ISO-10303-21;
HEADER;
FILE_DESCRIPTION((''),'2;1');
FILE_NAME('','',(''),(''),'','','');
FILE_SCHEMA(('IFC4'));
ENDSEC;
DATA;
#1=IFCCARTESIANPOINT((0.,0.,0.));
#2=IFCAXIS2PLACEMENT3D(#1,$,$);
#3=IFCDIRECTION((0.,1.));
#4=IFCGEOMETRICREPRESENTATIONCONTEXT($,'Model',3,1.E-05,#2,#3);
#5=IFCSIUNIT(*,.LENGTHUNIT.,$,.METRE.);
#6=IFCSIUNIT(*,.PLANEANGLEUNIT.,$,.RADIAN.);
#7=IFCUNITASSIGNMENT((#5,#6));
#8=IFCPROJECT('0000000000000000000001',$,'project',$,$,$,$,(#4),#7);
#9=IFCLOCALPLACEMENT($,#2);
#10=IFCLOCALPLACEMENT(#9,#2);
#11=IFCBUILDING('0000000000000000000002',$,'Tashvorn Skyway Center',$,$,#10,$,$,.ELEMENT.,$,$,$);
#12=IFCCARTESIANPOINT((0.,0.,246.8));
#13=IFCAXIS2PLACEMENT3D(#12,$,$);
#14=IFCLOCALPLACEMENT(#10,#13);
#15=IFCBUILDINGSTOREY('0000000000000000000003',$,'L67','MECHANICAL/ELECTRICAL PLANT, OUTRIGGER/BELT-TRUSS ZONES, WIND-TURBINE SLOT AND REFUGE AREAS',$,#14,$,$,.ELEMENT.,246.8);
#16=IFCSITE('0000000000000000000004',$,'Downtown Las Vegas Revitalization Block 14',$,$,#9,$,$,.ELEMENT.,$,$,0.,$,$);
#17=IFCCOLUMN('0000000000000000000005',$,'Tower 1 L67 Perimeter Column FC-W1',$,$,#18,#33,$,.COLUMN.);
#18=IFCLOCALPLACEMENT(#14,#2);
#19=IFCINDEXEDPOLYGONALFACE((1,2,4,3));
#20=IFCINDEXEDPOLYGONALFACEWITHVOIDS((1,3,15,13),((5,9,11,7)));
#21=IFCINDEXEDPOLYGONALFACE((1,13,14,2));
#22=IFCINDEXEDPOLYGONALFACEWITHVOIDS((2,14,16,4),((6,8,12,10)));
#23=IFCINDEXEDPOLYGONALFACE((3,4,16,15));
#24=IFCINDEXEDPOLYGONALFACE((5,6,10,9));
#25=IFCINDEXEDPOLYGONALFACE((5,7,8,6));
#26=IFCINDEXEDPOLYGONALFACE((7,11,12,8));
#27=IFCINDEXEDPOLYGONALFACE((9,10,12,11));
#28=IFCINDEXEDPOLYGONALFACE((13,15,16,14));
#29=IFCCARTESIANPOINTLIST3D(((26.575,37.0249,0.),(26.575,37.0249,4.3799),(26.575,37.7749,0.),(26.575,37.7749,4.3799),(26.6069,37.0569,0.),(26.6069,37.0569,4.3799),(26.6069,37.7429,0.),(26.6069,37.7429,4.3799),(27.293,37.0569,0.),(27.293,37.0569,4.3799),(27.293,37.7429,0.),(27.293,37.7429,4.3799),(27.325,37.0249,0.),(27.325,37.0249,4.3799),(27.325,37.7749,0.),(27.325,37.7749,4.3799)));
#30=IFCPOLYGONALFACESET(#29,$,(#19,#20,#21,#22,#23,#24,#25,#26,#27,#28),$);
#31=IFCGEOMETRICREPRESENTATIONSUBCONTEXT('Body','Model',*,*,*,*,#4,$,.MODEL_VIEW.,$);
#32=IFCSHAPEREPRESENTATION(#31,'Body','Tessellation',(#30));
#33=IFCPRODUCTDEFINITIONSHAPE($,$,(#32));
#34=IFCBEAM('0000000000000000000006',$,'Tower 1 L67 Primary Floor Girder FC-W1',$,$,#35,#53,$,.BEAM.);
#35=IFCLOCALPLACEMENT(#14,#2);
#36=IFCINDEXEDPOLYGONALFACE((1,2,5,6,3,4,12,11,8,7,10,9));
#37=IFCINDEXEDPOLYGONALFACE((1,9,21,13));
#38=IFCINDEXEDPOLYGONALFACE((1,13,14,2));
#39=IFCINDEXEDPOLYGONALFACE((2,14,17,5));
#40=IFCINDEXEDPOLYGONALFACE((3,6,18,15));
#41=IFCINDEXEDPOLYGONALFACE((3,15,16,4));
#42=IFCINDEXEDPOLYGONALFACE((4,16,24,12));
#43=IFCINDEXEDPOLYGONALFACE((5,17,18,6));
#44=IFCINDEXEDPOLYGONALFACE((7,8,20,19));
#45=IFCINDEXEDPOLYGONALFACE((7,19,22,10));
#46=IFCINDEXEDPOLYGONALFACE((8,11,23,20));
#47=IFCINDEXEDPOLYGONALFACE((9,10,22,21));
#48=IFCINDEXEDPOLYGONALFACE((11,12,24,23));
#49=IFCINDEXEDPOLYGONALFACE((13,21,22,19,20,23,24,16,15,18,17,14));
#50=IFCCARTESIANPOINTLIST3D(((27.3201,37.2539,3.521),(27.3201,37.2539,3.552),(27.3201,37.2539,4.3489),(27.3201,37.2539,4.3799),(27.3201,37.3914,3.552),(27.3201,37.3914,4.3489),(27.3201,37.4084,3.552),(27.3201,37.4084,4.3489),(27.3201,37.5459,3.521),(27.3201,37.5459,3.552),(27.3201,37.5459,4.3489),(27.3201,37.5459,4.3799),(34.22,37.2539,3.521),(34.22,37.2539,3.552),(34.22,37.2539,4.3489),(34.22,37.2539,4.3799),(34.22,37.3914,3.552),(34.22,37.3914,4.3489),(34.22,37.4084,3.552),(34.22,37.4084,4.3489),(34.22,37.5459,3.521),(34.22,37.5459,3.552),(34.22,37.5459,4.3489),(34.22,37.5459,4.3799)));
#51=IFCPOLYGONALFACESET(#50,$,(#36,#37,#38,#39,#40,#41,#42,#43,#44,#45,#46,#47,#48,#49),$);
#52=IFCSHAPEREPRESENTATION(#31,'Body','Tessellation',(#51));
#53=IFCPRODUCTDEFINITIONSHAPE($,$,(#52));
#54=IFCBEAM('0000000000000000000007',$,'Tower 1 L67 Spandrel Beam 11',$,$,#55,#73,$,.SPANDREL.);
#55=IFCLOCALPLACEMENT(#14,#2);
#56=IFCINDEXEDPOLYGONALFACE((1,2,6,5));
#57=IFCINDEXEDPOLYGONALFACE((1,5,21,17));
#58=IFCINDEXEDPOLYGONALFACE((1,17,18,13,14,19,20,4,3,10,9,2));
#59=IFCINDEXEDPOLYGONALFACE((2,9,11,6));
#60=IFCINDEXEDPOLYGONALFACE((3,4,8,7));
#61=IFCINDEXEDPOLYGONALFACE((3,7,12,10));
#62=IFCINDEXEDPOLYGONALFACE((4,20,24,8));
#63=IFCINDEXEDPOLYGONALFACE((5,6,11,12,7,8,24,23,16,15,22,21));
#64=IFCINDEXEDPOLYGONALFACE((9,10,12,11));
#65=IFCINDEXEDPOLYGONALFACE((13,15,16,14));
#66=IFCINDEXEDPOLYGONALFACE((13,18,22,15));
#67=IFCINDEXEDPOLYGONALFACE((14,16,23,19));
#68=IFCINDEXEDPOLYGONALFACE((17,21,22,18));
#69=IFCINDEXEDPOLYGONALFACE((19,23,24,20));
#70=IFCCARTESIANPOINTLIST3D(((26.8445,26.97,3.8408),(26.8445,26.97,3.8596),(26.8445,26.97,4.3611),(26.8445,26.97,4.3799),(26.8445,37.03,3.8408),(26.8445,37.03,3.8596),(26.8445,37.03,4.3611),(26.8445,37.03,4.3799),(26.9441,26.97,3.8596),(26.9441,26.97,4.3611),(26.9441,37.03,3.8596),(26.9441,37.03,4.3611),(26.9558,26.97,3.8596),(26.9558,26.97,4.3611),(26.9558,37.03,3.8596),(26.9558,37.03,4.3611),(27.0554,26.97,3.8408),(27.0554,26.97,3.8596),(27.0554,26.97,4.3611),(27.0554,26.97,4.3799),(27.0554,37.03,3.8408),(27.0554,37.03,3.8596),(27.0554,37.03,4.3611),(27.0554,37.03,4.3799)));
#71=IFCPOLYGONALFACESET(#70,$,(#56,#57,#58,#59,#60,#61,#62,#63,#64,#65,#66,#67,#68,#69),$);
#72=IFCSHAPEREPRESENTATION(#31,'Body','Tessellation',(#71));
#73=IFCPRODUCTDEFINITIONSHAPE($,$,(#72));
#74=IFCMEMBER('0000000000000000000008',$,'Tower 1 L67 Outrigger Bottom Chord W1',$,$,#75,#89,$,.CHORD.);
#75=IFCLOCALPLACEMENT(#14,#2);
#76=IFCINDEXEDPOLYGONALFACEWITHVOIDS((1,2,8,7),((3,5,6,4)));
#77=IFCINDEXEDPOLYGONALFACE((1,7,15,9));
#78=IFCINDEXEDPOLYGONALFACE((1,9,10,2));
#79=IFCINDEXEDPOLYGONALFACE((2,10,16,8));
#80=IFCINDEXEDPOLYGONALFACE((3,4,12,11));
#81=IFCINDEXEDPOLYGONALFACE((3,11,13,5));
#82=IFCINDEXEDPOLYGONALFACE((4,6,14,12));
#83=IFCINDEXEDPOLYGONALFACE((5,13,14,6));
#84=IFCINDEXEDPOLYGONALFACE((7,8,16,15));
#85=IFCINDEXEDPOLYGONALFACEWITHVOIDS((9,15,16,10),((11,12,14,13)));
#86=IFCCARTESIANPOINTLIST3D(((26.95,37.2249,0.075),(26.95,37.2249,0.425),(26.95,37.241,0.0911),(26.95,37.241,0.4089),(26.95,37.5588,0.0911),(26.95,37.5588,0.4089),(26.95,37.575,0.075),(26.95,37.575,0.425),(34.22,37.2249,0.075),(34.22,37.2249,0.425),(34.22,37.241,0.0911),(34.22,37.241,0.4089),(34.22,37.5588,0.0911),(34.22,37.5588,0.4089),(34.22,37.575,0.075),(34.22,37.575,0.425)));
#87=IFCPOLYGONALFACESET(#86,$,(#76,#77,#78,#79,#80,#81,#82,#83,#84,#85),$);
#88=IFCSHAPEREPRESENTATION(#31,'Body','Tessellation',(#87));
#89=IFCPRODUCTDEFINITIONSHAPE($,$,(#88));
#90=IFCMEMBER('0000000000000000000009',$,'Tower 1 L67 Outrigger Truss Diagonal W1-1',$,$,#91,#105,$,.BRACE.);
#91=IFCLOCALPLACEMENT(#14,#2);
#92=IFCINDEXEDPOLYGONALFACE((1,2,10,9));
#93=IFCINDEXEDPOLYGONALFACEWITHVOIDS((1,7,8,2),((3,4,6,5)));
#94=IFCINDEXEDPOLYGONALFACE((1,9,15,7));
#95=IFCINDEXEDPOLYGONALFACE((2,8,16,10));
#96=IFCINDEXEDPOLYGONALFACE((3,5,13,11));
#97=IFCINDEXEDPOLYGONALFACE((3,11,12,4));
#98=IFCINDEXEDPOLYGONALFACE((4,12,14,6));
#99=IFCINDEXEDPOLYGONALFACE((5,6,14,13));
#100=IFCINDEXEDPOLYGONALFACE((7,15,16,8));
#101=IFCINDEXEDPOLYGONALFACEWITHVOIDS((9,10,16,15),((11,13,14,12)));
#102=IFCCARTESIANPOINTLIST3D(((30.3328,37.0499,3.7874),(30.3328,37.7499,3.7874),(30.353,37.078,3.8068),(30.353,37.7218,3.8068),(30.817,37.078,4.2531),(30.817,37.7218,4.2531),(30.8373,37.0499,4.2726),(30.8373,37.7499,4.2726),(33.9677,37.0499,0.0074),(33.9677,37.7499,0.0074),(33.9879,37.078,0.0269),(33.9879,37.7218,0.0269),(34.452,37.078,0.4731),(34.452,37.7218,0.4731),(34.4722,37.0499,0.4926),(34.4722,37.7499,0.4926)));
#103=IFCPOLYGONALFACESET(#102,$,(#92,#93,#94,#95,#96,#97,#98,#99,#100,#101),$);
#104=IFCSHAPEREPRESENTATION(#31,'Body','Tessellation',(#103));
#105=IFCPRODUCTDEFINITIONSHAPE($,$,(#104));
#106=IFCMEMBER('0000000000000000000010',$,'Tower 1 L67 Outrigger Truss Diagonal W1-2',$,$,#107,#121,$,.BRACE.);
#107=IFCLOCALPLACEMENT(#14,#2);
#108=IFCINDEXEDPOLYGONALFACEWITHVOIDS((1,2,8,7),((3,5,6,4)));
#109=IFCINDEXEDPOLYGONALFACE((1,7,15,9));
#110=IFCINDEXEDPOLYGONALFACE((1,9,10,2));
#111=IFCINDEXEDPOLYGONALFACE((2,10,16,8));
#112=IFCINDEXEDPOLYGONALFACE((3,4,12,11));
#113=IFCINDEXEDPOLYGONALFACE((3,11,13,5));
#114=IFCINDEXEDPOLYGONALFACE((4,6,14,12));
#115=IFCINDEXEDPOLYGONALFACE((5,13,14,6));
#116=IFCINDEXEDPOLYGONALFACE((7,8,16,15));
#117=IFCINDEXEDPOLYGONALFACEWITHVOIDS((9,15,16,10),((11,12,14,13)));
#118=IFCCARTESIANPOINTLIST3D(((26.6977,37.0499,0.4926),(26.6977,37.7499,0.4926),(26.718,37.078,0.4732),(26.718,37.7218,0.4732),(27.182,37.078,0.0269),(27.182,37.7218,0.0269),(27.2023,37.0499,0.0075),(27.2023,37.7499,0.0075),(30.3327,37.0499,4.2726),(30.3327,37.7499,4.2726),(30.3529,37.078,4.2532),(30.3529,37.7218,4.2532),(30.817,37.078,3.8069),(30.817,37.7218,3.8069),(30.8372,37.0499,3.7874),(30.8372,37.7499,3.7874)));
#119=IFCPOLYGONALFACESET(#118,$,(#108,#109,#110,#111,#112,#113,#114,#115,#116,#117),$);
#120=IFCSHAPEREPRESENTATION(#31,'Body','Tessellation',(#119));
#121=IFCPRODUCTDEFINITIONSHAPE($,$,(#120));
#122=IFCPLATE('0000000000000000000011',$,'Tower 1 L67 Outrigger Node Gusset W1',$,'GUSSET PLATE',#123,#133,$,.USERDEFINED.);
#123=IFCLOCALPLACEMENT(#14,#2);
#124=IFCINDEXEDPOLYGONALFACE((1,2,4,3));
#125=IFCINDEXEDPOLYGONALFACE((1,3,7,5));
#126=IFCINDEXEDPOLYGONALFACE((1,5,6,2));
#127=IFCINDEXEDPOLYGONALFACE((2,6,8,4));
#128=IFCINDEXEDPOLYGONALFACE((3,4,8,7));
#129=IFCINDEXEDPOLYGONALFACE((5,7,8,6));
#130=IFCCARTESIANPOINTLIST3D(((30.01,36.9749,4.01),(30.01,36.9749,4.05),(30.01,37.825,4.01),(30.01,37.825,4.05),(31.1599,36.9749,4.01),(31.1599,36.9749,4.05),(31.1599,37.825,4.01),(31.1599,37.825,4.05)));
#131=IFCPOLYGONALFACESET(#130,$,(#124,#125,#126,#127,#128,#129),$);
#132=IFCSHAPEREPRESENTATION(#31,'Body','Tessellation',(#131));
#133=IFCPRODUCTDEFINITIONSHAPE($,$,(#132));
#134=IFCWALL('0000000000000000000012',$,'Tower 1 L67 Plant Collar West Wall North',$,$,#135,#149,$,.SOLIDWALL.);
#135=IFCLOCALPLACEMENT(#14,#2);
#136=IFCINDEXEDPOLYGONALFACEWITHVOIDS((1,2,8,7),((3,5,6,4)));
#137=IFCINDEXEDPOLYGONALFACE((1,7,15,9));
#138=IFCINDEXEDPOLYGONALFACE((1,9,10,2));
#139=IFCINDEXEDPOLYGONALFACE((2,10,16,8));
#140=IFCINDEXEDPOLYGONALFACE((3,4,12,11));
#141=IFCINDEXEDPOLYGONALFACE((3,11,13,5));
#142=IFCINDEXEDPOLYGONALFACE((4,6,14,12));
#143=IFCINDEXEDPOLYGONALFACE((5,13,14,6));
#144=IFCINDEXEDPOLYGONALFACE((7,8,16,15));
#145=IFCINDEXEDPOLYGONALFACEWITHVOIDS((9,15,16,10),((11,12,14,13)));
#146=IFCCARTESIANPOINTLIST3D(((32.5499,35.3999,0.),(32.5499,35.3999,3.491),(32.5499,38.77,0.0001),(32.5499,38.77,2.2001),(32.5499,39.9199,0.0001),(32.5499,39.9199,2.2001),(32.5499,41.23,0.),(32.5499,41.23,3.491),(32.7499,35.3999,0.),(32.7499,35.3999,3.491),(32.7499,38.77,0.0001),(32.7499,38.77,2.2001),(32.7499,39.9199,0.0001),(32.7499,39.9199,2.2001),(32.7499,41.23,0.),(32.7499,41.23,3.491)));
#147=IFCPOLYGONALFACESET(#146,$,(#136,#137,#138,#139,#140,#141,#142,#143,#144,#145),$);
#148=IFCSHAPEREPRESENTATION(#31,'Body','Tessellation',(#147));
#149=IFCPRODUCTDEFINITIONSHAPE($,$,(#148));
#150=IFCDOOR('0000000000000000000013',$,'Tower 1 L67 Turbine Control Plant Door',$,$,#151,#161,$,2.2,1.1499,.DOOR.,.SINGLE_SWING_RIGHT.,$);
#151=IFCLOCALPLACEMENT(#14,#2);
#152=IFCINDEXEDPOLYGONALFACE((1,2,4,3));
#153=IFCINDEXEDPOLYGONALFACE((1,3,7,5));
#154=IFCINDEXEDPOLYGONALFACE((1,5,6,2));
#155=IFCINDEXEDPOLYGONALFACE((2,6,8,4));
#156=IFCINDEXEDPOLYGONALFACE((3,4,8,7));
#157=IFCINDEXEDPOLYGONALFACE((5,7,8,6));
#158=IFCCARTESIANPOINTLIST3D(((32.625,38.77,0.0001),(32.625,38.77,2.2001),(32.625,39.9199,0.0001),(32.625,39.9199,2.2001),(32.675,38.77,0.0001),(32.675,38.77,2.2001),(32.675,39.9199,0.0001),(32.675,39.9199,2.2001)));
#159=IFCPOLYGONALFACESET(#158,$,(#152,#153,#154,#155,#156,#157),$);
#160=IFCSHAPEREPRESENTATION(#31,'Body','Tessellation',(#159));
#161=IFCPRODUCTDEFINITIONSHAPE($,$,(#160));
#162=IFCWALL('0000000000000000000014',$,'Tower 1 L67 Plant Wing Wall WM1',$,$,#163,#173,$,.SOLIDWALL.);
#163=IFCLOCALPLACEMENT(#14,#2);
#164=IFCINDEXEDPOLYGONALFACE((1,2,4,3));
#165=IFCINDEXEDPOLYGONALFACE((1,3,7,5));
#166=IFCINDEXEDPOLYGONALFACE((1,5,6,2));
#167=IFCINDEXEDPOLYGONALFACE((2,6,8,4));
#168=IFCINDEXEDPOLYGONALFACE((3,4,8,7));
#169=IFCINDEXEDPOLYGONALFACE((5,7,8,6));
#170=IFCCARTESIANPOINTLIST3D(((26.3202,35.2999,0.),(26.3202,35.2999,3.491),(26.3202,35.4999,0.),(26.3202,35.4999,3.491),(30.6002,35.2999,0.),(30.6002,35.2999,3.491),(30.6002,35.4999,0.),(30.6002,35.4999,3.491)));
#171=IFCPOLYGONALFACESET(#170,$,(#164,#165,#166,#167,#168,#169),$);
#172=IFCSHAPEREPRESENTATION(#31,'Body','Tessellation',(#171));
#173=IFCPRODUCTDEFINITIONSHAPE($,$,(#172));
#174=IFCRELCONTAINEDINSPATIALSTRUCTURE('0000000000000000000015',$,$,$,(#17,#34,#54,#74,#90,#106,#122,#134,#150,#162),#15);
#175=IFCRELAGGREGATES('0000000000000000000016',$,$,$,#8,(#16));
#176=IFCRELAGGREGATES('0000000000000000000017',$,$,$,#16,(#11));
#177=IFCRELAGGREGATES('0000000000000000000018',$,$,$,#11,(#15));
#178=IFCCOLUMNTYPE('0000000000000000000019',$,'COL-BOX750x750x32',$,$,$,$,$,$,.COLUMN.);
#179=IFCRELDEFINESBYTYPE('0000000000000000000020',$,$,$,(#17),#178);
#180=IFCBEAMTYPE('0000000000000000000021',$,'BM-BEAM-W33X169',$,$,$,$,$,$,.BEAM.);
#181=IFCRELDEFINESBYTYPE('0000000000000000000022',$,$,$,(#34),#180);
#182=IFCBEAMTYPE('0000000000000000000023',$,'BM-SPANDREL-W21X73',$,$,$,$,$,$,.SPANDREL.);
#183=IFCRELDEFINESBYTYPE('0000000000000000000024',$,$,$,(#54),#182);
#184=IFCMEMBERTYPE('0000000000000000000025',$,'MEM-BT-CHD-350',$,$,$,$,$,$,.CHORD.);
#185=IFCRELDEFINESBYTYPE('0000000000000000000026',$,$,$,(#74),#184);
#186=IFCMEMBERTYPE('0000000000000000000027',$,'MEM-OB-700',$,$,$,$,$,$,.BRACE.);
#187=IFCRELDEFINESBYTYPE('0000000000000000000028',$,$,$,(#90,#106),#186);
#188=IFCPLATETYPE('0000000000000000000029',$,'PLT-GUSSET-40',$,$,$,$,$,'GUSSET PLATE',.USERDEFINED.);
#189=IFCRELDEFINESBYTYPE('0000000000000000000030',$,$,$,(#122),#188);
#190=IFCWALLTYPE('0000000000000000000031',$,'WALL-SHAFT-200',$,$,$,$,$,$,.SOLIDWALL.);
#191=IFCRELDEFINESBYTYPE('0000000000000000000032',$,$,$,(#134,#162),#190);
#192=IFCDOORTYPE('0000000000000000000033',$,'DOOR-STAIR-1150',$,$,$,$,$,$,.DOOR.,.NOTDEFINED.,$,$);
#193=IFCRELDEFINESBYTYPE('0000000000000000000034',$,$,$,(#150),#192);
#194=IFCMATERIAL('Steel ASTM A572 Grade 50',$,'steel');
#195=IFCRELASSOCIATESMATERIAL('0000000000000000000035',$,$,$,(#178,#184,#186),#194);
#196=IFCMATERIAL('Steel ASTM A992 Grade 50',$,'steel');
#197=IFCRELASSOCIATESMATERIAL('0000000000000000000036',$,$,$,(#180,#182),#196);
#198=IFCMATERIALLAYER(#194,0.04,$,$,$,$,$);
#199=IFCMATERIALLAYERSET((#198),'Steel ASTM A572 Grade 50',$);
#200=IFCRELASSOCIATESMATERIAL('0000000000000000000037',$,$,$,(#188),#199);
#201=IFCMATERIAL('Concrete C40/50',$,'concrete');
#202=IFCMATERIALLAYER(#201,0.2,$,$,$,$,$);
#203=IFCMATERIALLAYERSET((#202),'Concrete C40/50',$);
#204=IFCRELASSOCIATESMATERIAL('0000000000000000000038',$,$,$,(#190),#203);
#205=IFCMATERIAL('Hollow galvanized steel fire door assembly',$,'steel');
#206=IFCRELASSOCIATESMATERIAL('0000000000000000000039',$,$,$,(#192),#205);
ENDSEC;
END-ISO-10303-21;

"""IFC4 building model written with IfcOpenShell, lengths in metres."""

from ifc_helpers import new_model, si_unit, direction, frame, frame_2d, origin, origin_2d, place, context, subcontext, project, spatial, rectangle, hollow_rectangle, i_section, extrude, material, layer, layer_set, material_profile, profile_set, type_object, element, fill, save


model = new_model("IFC4")

# Units and contexts
model_context = context("Model", 3, precision=1e-05, world=origin(), true_north=direction((0.0, 1.0)))
body_context = subcontext(model_context, "Body", "Model", "MODEL_VIEW")
ifc_project = project(units=[si_unit("LENGTHUNIT", "METRE"), si_unit("PLANEANGLEUNIT", "RADIAN")], contexts=[model_context])

# Site, building, storey
site_placement = place(None, origin())
site = spatial("IfcSite", under=ifc_project, at=site_placement, Name="Downtown Las Vegas Revitalization Block 14", CompositionType="ELEMENT", RefElevation=0.0)
building_placement = place(site_placement, origin())
building = spatial("IfcBuilding", under=site, at=building_placement, Name="Tashvorn Skyway Center", CompositionType="ELEMENT")
storey_placement = place(building_placement, frame((0.0, 0.0, 246.8)))
storey = spatial("IfcBuildingStorey", under=building, at=storey_placement, Name="L67", Description="MECHANICAL/ELECTRICAL PLANT, OUTRIGGER/BELT-TRUSS ZONES, WIND-TURBINE SLOT AND REFUGE AREAS", CompositionType="ELEMENT", Elevation=246.8)

# Column
ifc_material_1 = material(Name="Steel ASTM A572 Grade 50", Category="steel")
ifc_material_profile_1 = material_profile(ifc_material_1, hollow_rectangle(XDim=0.75, YDim=0.75, WallThickness=0.032, at=origin_2d()), Name="BOX750x750x32")
ifc_profile_set_1 = profile_set([ifc_material_profile_1], Name="Steel ASTM A572 Grade 50")
column_type = type_object("IfcColumnType", Name="COL-BOX750x750x32", PredefinedType="COLUMN", material=ifc_profile_set_1)
column_placement = place(storey_placement, frame((26.95, 37.3999, 0.0), z_axis=(0.0, 0.0, 1.0), x_axis=(1.0, 0.0, 0.0)))
element("IfcColumn", 1, at=column_placement, inside=storey, type_object=column_type, Name="Tower 1 L67 Perimeter Column FC-W1", PredefinedType="COLUMN", context=body_context, shape_type="SweptSolid", body=[
    extrude(hollow_rectangle(XDim=0.75, YDim=0.75, WallThickness=0.032, at=origin_2d()), origin(), (0.0, 0.0, 1.0), 4.3799),
])

# Beams
ifc_material_2 = material(Name="Steel ASTM A992 Grade 50", Category="steel")
ifc_material_profile_2 = material_profile(ifc_material_2, i_section(OverallWidth=0.292, OverallDepth=0.8589, WebThickness=0.0171, FlangeThickness=0.031, at=origin_2d()), Name="W33X169")
ifc_profile_set_2 = profile_set([ifc_material_profile_2], Name="Steel ASTM A992 Grade 50")
beam_type_1 = type_object("IfcBeamType", Name="BM-BEAM-W33X169", PredefinedType="BEAM", material=ifc_profile_set_2)
beam_1_placement = place(storey_placement, frame((27.3201, 37.3999, 3.9504), z_axis=(1.0, 0.0, 0.0), x_axis=(0.0, 1.0, 0.0)))
element("IfcBeam", 2, at=beam_1_placement, inside=storey, type_object=beam_type_1, Name="Tower 1 L67 Primary Floor Girder FC-W1", PredefinedType="BEAM", context=body_context, shape_type="SweptSolid", body=[
    extrude(i_section(OverallWidth=0.292, OverallDepth=0.8589, WebThickness=0.0171, FlangeThickness=0.031, at=origin_2d()), origin(), (0.0, 0.0, 1.0), 6.8999),
])
ifc_material_profile_3 = material_profile(ifc_material_2, i_section(OverallWidth=0.2109, OverallDepth=0.5391, WebThickness=0.0117, FlangeThickness=0.0188, at=origin_2d()), Name="W21X73")
ifc_profile_set_3 = profile_set([ifc_material_profile_3], Name="Steel ASTM A992 Grade 50")
beam_type_2 = type_object("IfcBeamType", Name="BM-SPANDREL-W21X73", PredefinedType="SPANDREL", material=ifc_profile_set_3)
beam_2_placement = place(storey_placement, frame((26.95, 37.03, 4.1104), z_axis=(0.0, -1.0, 0.0), x_axis=(1.0, 0.0, 0.0)))
element("IfcBeam", 3, at=beam_2_placement, inside=storey, type_object=beam_type_2, Name="Tower 1 L67 Spandrel Beam 11", PredefinedType="SPANDREL", context=body_context, shape_type="SweptSolid", body=[
    extrude(i_section(OverallWidth=0.2109, OverallDepth=0.5391, WebThickness=0.0117, FlangeThickness=0.0188, at=origin_2d()), origin(), (0.0, 0.0, 1.0), 10.0601),
])

# Members
ifc_material_profile_4 = material_profile(ifc_material_1, hollow_rectangle(XDim=0.3501, YDim=0.3501, WallThickness=0.0161, at=origin_2d()), Name="HSS350x350x16")
ifc_profile_set_4 = profile_set([ifc_material_profile_4], Name="Steel ASTM A572 Grade 50")
member_type_1 = type_object("IfcMemberType", Name="MEM-BT-CHD-350", PredefinedType="CHORD", material=ifc_profile_set_4)
member_placement = place(storey_placement, frame((34.22, 37.3999, 0.25), z_axis=(-1.0, 0.0, 0.0), x_axis=(0.0, -1.0, 0.0)))
element("IfcMember", 4, at=member_placement, inside=storey, type_object=member_type_1, Name="Tower 1 L67 Outrigger Bottom Chord W1", PredefinedType="CHORD", context=body_context, shape_type="SweptSolid", body=[
    extrude(hollow_rectangle(XDim=0.3501, YDim=0.3501, WallThickness=0.0161, at=origin_2d()), origin(), (0.0, 0.0, 1.0), 7.27),
])
ifc_material_profile_5 = material_profile(ifc_material_1, hollow_rectangle(XDim=0.7, YDim=0.7, WallThickness=0.0281, at=origin_2d()), Name="BOX700x700x28")
ifc_profile_set_5 = profile_set([ifc_material_profile_5], Name="Steel ASTM A572 Grade 50")
member_type_2 = type_object("IfcMemberType", Name="MEM-OB-700", PredefinedType="BRACE", material=ifc_profile_set_5)
for number, where, z_axis, x_axis, name in (
    (5, (34.22, 37.3999, 0.25), (-0.693145, 0.0, 0.720798), (0.0, -1.0, 0.0), "Tower 1 L67 Outrigger Truss Diagonal W1-1"),
    (6, (30.585, 37.3999, 4.03), (-0.693145, 0.0, -0.720798), (0.0, -1.0, 0.0), "Tower 1 L67 Outrigger Truss Diagonal W1-2"),
):
    element("IfcMember", number, at=place(storey_placement, frame(where, z_axis=z_axis, x_axis=x_axis)), inside=storey, type_object=member_type_2, Name=name, PredefinedType="BRACE", context=body_context, shape_type="SweptSolid", body=[
        extrude(hollow_rectangle(XDim=0.7, YDim=0.7, WallThickness=0.0281, at=origin_2d()), origin(), (0.0, 0.0, 1.0), 5.2441),
    ])

# Plate
ifc_layer_1 = layer(ifc_material_1, 0.04)
ifc_layer_set_1 = layer_set([ifc_layer_1], Name="Steel ASTM A572 Grade 50")
plate_type = type_object("IfcPlateType", Name="PLT-GUSSET-40", ElementType="GUSSET PLATE", PredefinedType="USERDEFINED", material=ifc_layer_set_1)
plate_placement = place(storey_placement, frame((30.585, 37.3999, 4.01), z_axis=(0.0, 0.0, 1.0), x_axis=(1.0, 0.0, 0.0)))
element("IfcPlate", 7, at=plate_placement, inside=storey, type_object=plate_type, Name="Tower 1 L67 Outrigger Node Gusset W1", ObjectType="GUSSET PLATE", PredefinedType="USERDEFINED", context=body_context, shape_type="SweptSolid", body=[
    extrude(rectangle(XDim=1.1499, YDim=0.8501, at=origin_2d()), origin(), (0.0, 0.0, 1.0), 0.04),
])

# Wall, opening, door
ifc_material_3 = material(Name="Concrete C40/50", Category="concrete")
ifc_layer_2 = layer(ifc_material_3, 0.2)
ifc_layer_set_2 = layer_set([ifc_layer_2], Name="Concrete C40/50")
wall_type_1 = type_object("IfcWallType", Name="WALL-SHAFT-200", PredefinedType="SOLIDWALL", material=ifc_layer_set_2)
wall_1_placement = place(storey_placement, frame((32.6499, 35.3999, 0.0), z_axis=(0.0, 0.0, 1.0), x_axis=(0.0, 1.0, 0.0)))
wall_1 = element("IfcWall", 8, at=wall_1_placement, inside=storey, type_object=wall_type_1, Name="Tower 1 L67 Plant Collar West Wall North", PredefinedType="SOLIDWALL", context=body_context, shape_type="SweptSolid", body=[
    extrude(rectangle(XDim=5.8301, YDim=0.2, at=frame_2d((2.915, 0.0))), origin(), (0.0, 0.0, 1.0), 3.491),
])
opening_1_placement = place(wall_1_placement, frame((3.3701, 0.0, 0.0)))
opening_1 = element("IfcOpeningElement", 9, at=opening_1_placement, cuts=wall_1, PredefinedType="OPENING", context=body_context, shape_type="SweptSolid", body=[
    extrude(rectangle(XDim=1.1499, YDim=2.2, at=frame_2d((0.575, 1.1001))), frame((0.0, 0.1099, 0.0), z_axis=(0.0, -1.0, 0.0), x_axis=(1.0, 0.0, 0.0)), (0.0, 0.0, 1.0), 0.22),
])
ifc_material_4 = material(Name="Hollow galvanized steel fire door assembly", Category="steel")
door_type = type_object("IfcDoorType", Name="DOOR-STAIR-1150", OperationType="NOTDEFINED", PredefinedType="DOOR", material=ifc_material_4)
door_1_placement = place(opening_1_placement, origin())
door_1 = element("IfcDoor", 10, at=door_1_placement, inside=storey, type_object=door_type, Name="Tower 1 L67 Turbine Control Plant Door", OperationType="SINGLE_SWING_RIGHT", OverallHeight=2.2, OverallWidth=1.1499, PredefinedType="DOOR", context=body_context, shape_type="SweptSolid", body=[
    extrude(rectangle(XDim=1.1499, YDim=2.2, at=frame_2d((0.575, 1.1001))), frame((0.0, 0.0249, 0.0), z_axis=(0.0, -1.0, 0.0), x_axis=(1.0, 0.0, 0.0)), (0.0, 0.0, 1.0), 0.05),
])
fill(opening_1, door_1)

# Wall
wall_2_placement = place(storey_placement, frame((26.3201, 35.3999, 0.0), z_axis=(0.0, 0.0, 1.0), x_axis=(1.0, 0.0, 0.0)))
element("IfcWall", 11, at=wall_2_placement, inside=storey, type_object=wall_type_1, Name="Tower 1 L67 Plant Wing Wall WM1", PredefinedType="SOLIDWALL", context=body_context, shape_type="SweptSolid", body=[
    extrude(rectangle(XDim=4.28, YDim=0.2, at=frame_2d((2.1401, 0.0))), origin(), (0.0, 0.0, 1.0), 3.491),
])

save(model, "model.ifc")
